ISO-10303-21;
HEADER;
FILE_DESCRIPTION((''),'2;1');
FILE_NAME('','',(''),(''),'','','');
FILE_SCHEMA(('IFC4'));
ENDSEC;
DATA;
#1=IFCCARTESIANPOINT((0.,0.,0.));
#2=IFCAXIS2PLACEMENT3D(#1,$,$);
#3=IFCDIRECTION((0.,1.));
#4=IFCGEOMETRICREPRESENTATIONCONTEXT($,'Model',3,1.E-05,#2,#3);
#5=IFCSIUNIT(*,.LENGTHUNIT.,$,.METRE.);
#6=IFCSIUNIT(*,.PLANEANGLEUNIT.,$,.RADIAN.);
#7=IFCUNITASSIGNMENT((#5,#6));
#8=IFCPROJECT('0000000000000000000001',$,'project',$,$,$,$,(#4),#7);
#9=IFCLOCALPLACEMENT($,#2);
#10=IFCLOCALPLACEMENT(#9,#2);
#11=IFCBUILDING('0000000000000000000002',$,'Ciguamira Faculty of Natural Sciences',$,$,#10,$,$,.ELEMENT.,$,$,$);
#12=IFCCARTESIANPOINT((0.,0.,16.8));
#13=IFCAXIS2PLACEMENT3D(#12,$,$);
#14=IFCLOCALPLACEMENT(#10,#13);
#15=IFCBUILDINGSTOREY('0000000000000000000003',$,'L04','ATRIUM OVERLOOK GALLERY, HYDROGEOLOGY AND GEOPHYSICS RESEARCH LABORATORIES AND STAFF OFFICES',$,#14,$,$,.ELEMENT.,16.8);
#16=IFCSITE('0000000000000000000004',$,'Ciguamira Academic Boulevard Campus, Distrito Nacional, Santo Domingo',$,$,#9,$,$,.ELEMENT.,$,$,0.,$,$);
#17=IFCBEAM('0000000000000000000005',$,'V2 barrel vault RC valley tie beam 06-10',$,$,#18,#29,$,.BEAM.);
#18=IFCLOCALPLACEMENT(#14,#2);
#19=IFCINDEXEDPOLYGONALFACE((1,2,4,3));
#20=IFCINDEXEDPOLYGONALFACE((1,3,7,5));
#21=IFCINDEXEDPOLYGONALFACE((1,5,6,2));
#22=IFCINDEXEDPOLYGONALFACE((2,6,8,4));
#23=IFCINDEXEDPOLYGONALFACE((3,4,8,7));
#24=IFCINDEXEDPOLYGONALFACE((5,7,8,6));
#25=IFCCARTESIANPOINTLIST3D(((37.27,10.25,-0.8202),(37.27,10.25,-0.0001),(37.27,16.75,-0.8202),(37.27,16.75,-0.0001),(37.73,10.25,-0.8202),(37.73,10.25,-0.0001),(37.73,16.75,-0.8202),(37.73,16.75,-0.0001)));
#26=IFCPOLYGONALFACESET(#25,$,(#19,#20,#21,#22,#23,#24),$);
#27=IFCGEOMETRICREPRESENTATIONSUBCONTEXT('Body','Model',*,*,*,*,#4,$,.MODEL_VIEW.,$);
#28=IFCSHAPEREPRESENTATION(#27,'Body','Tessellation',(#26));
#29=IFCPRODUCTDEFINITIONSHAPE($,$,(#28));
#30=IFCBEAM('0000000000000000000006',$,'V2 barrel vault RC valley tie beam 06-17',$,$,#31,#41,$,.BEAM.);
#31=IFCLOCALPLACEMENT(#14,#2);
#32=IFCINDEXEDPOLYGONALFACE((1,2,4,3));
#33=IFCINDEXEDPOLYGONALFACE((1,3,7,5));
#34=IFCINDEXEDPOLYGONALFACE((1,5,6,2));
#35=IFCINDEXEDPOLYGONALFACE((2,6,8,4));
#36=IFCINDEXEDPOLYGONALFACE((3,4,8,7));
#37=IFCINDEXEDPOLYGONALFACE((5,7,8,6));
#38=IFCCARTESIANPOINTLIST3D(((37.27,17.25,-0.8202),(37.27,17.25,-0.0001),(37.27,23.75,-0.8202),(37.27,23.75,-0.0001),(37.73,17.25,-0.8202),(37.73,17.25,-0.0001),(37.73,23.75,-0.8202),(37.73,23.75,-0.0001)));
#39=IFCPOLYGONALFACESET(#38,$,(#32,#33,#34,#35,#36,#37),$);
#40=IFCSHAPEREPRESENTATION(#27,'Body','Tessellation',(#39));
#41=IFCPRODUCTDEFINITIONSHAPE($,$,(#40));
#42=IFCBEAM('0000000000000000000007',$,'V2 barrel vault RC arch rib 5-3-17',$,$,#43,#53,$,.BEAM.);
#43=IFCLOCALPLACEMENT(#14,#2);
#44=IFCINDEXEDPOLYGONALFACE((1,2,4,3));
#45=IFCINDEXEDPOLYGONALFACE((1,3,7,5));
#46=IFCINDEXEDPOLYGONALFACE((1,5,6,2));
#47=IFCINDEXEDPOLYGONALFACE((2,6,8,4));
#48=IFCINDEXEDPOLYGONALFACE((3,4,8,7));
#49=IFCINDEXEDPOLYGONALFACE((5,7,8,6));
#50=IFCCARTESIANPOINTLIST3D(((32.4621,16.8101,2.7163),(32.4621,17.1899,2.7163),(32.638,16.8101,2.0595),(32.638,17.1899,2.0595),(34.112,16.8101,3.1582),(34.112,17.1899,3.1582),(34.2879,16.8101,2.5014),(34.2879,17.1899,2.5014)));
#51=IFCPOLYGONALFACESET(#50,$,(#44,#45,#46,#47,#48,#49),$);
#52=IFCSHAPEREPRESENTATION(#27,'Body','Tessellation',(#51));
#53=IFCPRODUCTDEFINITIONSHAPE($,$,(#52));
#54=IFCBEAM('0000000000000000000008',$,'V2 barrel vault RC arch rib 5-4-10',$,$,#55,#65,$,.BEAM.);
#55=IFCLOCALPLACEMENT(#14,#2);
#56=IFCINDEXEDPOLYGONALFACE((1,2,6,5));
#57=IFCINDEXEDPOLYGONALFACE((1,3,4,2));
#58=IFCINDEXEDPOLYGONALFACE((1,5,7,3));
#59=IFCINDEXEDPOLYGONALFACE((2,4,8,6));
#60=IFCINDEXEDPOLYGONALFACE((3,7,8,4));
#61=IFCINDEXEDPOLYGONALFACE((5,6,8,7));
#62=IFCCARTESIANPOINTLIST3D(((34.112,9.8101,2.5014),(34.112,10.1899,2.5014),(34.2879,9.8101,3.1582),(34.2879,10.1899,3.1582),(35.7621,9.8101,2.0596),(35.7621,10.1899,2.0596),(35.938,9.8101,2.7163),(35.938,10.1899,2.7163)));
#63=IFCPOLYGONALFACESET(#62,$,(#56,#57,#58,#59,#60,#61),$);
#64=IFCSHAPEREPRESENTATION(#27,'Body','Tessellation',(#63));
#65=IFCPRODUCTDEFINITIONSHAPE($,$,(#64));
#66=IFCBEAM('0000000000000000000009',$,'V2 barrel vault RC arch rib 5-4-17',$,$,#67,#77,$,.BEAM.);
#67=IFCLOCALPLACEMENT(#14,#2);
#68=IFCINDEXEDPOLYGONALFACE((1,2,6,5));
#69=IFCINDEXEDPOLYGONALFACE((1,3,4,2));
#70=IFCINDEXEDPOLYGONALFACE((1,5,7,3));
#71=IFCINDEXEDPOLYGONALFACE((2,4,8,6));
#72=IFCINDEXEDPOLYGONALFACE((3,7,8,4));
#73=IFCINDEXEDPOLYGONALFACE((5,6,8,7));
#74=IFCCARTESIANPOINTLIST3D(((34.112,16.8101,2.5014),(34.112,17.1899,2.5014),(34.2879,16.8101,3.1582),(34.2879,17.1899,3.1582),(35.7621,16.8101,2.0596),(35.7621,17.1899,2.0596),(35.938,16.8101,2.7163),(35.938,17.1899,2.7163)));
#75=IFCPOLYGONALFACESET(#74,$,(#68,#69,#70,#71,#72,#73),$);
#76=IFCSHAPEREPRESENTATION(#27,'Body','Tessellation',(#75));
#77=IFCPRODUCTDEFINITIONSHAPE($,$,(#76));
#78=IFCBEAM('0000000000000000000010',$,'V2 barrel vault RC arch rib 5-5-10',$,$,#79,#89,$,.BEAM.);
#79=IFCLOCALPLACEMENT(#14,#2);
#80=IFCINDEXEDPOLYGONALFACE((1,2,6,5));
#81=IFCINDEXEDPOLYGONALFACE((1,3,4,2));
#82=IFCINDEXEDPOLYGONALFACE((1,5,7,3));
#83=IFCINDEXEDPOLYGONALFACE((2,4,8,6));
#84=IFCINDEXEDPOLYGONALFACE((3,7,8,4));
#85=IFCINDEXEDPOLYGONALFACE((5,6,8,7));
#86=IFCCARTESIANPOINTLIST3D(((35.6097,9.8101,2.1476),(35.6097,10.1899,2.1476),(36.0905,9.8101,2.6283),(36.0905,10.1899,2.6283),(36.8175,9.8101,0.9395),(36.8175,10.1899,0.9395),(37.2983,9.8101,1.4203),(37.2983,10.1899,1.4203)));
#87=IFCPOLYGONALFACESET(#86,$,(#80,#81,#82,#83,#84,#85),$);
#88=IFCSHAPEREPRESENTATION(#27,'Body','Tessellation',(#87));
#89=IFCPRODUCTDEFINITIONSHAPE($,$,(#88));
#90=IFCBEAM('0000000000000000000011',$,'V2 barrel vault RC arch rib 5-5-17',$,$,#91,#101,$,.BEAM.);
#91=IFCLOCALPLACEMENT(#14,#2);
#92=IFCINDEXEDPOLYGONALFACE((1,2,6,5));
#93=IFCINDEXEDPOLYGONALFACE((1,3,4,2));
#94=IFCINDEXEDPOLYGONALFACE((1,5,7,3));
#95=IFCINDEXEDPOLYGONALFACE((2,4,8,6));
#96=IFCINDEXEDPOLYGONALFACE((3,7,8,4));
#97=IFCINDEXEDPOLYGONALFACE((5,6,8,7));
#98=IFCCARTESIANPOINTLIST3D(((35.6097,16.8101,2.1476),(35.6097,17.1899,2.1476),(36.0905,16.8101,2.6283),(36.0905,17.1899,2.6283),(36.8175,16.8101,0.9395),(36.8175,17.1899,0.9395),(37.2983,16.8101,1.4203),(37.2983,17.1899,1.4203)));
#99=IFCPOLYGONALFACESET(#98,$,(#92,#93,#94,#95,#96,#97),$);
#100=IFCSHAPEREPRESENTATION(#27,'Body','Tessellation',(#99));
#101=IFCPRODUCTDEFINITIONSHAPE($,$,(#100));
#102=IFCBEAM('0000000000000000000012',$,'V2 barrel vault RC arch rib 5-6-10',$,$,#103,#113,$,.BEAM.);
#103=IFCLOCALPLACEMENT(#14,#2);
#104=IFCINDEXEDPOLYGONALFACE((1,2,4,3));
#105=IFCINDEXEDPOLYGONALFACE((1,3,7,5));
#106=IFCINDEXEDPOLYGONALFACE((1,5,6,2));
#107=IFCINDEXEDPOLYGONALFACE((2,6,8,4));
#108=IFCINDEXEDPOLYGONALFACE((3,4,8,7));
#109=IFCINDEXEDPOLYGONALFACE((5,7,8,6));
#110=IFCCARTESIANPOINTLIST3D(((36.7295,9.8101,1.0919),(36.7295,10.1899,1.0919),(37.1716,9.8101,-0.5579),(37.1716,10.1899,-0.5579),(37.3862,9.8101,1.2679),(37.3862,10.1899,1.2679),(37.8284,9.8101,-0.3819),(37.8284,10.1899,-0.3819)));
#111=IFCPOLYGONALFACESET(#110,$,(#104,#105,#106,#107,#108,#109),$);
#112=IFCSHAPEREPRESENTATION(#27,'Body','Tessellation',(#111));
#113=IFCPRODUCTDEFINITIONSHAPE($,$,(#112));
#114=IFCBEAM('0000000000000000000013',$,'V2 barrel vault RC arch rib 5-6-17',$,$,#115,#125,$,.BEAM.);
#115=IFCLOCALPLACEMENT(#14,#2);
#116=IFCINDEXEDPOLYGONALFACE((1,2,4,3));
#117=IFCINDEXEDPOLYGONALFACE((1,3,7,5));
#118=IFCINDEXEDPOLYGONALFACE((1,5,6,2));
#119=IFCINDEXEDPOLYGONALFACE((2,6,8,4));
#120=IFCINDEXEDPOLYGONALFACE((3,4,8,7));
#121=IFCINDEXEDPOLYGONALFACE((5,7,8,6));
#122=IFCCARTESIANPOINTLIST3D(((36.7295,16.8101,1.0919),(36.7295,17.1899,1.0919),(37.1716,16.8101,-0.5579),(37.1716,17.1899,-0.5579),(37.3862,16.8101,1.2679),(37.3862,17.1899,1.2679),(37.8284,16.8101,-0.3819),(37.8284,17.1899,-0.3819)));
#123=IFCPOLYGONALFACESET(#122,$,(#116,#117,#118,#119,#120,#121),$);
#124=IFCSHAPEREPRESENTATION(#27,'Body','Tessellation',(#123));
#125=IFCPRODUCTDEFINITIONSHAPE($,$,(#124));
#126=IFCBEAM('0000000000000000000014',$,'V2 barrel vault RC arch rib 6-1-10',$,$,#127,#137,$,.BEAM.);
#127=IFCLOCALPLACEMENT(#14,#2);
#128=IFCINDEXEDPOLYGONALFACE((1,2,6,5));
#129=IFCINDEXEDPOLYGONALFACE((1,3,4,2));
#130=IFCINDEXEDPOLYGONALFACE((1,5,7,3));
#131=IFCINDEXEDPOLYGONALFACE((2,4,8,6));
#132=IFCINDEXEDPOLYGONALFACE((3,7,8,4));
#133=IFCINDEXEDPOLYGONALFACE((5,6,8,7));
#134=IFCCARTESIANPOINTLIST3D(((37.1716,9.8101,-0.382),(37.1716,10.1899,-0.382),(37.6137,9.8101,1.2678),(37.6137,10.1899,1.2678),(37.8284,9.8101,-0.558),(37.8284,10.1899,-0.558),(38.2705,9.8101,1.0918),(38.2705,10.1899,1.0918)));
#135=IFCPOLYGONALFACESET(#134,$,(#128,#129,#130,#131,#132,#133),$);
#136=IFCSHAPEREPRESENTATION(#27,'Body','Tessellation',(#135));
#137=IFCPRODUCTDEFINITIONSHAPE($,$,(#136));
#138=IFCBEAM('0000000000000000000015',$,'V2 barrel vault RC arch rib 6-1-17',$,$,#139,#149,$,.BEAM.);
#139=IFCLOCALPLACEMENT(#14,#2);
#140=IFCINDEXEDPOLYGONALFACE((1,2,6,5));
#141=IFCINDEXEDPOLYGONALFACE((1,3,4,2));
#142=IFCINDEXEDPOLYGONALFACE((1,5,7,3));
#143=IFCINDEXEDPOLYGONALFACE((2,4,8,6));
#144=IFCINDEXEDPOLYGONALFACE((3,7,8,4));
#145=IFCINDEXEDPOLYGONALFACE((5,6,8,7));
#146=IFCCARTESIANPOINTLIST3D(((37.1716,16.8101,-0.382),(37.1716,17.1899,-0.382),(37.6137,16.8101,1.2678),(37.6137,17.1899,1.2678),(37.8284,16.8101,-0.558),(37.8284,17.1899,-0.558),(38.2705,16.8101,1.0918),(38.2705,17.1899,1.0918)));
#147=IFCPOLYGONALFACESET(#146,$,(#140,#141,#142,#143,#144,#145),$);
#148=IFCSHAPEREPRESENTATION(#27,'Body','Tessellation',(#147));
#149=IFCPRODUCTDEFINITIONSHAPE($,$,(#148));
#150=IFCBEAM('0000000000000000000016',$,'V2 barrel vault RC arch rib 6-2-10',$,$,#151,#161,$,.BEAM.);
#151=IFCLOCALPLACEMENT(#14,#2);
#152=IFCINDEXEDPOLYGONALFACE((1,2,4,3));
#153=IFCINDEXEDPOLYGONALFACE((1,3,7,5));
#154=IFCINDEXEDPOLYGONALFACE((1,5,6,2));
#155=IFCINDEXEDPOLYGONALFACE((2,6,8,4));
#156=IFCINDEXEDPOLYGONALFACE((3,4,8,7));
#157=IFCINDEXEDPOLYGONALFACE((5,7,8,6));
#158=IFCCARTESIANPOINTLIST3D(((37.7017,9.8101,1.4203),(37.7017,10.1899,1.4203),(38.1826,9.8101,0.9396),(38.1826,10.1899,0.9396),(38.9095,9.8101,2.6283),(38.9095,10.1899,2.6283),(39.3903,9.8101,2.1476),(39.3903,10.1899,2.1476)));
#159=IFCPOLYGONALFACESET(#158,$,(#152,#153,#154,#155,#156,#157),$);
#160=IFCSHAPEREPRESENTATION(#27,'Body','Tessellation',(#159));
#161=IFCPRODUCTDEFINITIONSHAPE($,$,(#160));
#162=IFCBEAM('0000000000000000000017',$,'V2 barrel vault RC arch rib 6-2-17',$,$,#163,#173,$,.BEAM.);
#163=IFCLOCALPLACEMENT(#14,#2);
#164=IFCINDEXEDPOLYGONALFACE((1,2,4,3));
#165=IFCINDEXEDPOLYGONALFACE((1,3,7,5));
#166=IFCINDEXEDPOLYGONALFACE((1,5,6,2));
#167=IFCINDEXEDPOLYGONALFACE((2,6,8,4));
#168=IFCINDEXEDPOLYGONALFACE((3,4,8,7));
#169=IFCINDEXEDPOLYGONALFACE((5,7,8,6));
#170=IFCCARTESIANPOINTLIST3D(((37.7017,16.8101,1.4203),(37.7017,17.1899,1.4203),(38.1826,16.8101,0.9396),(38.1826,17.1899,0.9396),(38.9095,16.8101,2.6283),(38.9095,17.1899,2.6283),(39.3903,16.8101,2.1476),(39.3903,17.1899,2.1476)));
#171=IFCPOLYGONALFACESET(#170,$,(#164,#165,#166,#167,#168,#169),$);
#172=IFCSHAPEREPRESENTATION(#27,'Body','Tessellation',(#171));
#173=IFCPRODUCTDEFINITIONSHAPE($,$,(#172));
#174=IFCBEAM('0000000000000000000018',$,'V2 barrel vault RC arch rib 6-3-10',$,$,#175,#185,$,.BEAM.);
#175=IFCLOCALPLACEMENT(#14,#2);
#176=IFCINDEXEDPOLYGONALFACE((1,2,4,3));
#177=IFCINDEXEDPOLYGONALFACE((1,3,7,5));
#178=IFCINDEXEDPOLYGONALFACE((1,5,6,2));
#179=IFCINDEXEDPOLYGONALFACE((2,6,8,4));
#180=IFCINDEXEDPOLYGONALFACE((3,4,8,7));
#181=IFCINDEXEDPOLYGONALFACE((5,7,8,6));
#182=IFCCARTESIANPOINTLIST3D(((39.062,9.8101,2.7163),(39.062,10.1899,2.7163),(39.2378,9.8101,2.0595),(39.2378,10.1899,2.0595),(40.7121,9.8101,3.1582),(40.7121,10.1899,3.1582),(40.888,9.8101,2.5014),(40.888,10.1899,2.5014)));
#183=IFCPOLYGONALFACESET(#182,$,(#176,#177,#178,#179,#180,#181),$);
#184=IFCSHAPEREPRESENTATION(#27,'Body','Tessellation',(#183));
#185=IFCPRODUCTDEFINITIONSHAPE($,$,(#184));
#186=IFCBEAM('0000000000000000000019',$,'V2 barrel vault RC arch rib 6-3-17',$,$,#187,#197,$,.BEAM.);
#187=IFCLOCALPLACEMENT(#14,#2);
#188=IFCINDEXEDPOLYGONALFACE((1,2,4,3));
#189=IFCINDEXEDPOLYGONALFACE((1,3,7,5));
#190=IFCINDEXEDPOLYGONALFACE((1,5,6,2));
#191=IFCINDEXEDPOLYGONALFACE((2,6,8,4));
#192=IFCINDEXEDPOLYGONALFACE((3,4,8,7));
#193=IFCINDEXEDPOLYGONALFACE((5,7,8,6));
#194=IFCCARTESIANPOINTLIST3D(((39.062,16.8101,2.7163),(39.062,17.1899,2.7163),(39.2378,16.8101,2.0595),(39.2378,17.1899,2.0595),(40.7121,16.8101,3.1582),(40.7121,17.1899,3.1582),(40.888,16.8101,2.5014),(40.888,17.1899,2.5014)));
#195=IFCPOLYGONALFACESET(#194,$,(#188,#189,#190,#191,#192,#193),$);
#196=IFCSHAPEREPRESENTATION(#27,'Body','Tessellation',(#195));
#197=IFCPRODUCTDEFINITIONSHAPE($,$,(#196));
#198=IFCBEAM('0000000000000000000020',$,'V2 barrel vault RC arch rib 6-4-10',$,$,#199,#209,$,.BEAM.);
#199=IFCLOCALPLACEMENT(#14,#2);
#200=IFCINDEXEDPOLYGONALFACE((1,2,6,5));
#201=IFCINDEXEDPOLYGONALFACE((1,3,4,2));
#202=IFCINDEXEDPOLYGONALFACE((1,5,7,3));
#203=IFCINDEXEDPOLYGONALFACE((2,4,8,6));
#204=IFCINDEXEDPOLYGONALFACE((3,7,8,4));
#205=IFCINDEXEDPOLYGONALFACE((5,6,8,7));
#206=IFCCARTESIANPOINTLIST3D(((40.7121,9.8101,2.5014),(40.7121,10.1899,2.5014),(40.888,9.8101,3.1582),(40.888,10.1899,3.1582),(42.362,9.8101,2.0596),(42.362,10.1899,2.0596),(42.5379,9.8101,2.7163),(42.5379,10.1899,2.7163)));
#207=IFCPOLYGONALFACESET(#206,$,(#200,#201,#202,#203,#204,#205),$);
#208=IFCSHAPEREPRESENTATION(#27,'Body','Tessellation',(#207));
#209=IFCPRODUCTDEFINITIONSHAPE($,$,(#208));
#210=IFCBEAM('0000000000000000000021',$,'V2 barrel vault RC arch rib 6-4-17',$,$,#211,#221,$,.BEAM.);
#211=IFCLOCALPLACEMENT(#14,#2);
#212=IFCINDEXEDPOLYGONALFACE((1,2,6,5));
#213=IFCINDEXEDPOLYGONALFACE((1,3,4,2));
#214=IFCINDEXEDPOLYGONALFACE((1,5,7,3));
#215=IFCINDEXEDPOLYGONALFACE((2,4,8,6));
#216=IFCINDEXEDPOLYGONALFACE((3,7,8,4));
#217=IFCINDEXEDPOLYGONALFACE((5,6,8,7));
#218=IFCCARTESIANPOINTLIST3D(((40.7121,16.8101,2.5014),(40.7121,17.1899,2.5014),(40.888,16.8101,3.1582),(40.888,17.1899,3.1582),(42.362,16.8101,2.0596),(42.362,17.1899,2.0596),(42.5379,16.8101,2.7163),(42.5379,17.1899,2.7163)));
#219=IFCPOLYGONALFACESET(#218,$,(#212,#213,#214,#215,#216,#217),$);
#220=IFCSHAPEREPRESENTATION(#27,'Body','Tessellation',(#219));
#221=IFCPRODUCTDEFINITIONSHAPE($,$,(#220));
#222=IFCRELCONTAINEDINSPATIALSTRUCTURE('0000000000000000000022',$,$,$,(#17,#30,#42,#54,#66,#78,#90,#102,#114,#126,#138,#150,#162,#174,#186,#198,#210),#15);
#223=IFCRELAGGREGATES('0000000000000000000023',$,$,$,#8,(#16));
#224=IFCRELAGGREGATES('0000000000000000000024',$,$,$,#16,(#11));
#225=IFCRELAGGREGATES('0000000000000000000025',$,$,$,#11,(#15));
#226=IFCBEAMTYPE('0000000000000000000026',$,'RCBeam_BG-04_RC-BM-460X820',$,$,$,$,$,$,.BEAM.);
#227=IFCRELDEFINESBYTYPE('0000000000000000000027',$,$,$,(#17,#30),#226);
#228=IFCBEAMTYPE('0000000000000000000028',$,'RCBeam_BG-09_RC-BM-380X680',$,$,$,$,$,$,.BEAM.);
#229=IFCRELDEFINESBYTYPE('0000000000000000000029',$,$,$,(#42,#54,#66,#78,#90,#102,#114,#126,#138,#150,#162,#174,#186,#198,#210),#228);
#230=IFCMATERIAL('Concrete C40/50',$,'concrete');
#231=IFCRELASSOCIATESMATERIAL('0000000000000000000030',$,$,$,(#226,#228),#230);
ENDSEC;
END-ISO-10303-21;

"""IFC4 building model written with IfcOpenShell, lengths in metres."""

from ifc_helpers import new_model, si_unit, direction, frame, origin, origin_2d, place, context, subcontext, project, spatial, rectangle, extrude, material, material_profile, profile_set, type_object, element, save


model = new_model("IFC4")

# Units and contexts
model_context = context("Model", 3, precision=1e-05, world=origin(), true_north=direction((0.0, 1.0)))
body_context = subcontext(model_context, "Body", "Model", "MODEL_VIEW")
ifc_project = project(units=[si_unit("LENGTHUNIT", "METRE"), si_unit("PLANEANGLEUNIT", "RADIAN")], contexts=[model_context])

# Site, building, storey
site_placement = place(None, origin())
site = spatial("IfcSite", under=ifc_project, at=site_placement, Name="Ciguamira Academic Boulevard Campus, Distrito Nacional, Santo Domingo", CompositionType="ELEMENT", RefElevation=0.0)
building_placement = place(site_placement, origin())
building = spatial("IfcBuilding", under=site, at=building_placement, Name="Ciguamira Faculty of Natural Sciences", CompositionType="ELEMENT")
storey_placement = place(building_placement, frame((0.0, 0.0, 16.8)))
storey = spatial("IfcBuildingStorey", under=building, at=storey_placement, Name="L04", Description="ATRIUM OVERLOOK GALLERY, HYDROGEOLOGY AND GEOPHYSICS RESEARCH LABORATORIES AND STAFF OFFICES", CompositionType="ELEMENT", Elevation=16.8)

# Beams
ifc_material_1 = material(Name="Concrete C40/50", Category="concrete")
ifc_material_profile_1 = material_profile(ifc_material_1, rectangle(XDim=0.46, YDim=0.8201, at=origin_2d()), Name="RC-BM-460X820")
ifc_profile_set_1 = profile_set([ifc_material_profile_1], Name="Concrete C40/50")
beam_type_1 = type_object("IfcBeamType", Name="RCBeam_BG-04_RC-BM-460X820", PredefinedType="BEAM", material=ifc_profile_set_1)
for number, where, z_axis, x_axis, name in (
    (1, (37.5, 10.25, -0.4102), (0.0, 1.0, 0.0), (-1.0, 0.0, 0.0), "V2 barrel vault RC valley tie beam 06-10"),
    (2, (37.5, 17.25, -0.4102), (0.0, 1.0, 0.0), (-1.0, 0.0, 0.0), "V2 barrel vault RC valley tie beam 06-17"),
):
    element("IfcBeam", number, at=place(storey_placement, frame(where, z_axis=z_axis, x_axis=x_axis)), inside=storey, type_object=beam_type_1, Name=name, PredefinedType="BEAM", context=body_context, shape_type="SweptSolid", body=[
        extrude(rectangle(XDim=0.46, YDim=0.8201, at=origin_2d()), origin(), (0.0, 0.0, 1.0), 6.5),
    ])
ifc_material_profile_2 = material_profile(ifc_material_1, rectangle(XDim=0.3799, YDim=0.6799, at=origin_2d()), Name="RC-BM-380X680")
ifc_profile_set_2 = profile_set([ifc_material_profile_2], Name="Concrete C40/50")
beam_type_2 = type_object("IfcBeamType", Name="RCBeam_BG-09_RC-BM-380X680", PredefinedType="BEAM", material=ifc_profile_set_2)
beam_placement = place(storey_placement, frame((32.55, 17.0, 2.3879), z_axis=(0.965954, 0.0, 0.258712), x_axis=(0.0, 1.0, 0.0)))
element("IfcBeam", 3, at=beam_placement, inside=storey, type_object=beam_type_2, Name="V2 barrel vault RC arch rib 5-3-17", PredefinedType="BEAM", context=body_context, shape_type="SweptSolid", body=[
    extrude(rectangle(XDim=0.3799, YDim=0.6799, at=origin_2d()), origin(), (0.0, 0.0, 1.0), 1.708),
])
for number, where, z_axis, x_axis, name in (
    (4, (34.2, 10.0, 2.8298), (0.965964, 0.0, -0.258677), (0.0, 1.0, 0.0), "V2 barrel vault RC arch rib 5-4-10"),
    (5, (34.2, 17.0, 2.8298), (0.965964, 0.0, -0.258677), (0.0, 1.0, 0.0), "V2 barrel vault RC arch rib 5-4-17"),
    (6, (35.8501, 10.0, 2.3879), (0.707035, 0.0, -0.707178), (0.0, 1.0, 0.0), "V2 barrel vault RC arch rib 5-5-10"),
    (7, (35.8501, 17.0, 2.3879), (0.707035, 0.0, -0.707178), (0.0, 1.0, 0.0), "V2 barrel vault RC arch rib 5-5-17"),
):
    element("IfcBeam", number, at=place(storey_placement, frame(where, z_axis=z_axis, x_axis=x_axis)), inside=storey, type_object=beam_type_2, Name=name, PredefinedType="BEAM", context=body_context, shape_type="SweptSolid", body=[
        extrude(rectangle(XDim=0.3799, YDim=0.6799, at=origin_2d()), origin(), (0.0, 0.0, 1.0), 1.7083),
    ])
for number, where, z_axis, x_axis, name in (
    (8, (37.0579, 10.0, 1.1799), (0.258846, 0.0, -0.965919), (0.0, 1.0, 0.0), "V2 barrel vault RC arch rib 5-6-10"),
    (9, (37.0579, 17.0, 1.1799), (0.258846, 0.0, -0.965919), (0.0, 1.0, 0.0), "V2 barrel vault RC arch rib 5-6-17"),
    (10, (37.5, 10.0, -0.47), (0.258846, 0.0, 0.965919), (0.0, 1.0, 0.0), "V2 barrel vault RC arch rib 6-1-10"),
    (11, (37.5, 17.0, -0.47), (0.258846, 0.0, 0.965919), (0.0, 1.0, 0.0), "V2 barrel vault RC arch rib 6-1-17"),
):
    element("IfcBeam", number, at=place(storey_placement, frame(where, z_axis=z_axis, x_axis=x_axis)), inside=storey, type_object=beam_type_2, Name=name, PredefinedType="BEAM", context=body_context, shape_type="SweptSolid", body=[
        extrude(rectangle(XDim=0.3799, YDim=0.6799, at=origin_2d()), origin(), (0.0, 0.0, 1.0), 1.708),
    ])
for number, where, z_axis, x_axis, name in (
    (12, (37.9421, 10.0, 1.1799), (0.707035, 0.0, 0.707178), (0.0, 1.0, 0.0), "V2 barrel vault RC arch rib 6-2-10"),
    (13, (37.9421, 17.0, 1.1799), (0.707035, 0.0, 0.707178), (0.0, 1.0, 0.0), "V2 barrel vault RC arch rib 6-2-17"),
    (14, (39.1499, 10.0, 2.3879), (0.965964, 0.0, 0.258677), (0.0, 1.0, 0.0), "V2 barrel vault RC arch rib 6-3-10"),
    (15, (39.1499, 17.0, 2.3879), (0.965964, 0.0, 0.258677), (0.0, 1.0, 0.0), "V2 barrel vault RC arch rib 6-3-17"),
):
    element("IfcBeam", number, at=place(storey_placement, frame(where, z_axis=z_axis, x_axis=x_axis)), inside=storey, type_object=beam_type_2, Name=name, PredefinedType="BEAM", context=body_context, shape_type="SweptSolid", body=[
        extrude(rectangle(XDim=0.3799, YDim=0.6799, at=origin_2d()), origin(), (0.0, 0.0, 1.0), 1.7083),
    ])
for number, where, z_axis, x_axis, name in (
    (16, (40.8, 10.0, 2.8298), (0.965954, 0.0, -0.258712), (0.0, 1.0, 0.0), "V2 barrel vault RC arch rib 6-4-10"),
    (17, (40.8, 17.0, 2.8298), (0.965954, 0.0, -0.258712), (0.0, 1.0, 0.0), "V2 barrel vault RC arch rib 6-4-17"),
):
    element("IfcBeam", number, at=place(storey_placement, frame(where, z_axis=z_axis, x_axis=x_axis)), inside=storey, type_object=beam_type_2, Name=name, PredefinedType="BEAM", context=body_context, shape_type="SweptSolid", body=[
        extrude(rectangle(XDim=0.3799, YDim=0.6799, at=origin_2d()), origin(), (0.0, 0.0, 1.0), 1.708),
    ])

save(model, "model.ifc")
